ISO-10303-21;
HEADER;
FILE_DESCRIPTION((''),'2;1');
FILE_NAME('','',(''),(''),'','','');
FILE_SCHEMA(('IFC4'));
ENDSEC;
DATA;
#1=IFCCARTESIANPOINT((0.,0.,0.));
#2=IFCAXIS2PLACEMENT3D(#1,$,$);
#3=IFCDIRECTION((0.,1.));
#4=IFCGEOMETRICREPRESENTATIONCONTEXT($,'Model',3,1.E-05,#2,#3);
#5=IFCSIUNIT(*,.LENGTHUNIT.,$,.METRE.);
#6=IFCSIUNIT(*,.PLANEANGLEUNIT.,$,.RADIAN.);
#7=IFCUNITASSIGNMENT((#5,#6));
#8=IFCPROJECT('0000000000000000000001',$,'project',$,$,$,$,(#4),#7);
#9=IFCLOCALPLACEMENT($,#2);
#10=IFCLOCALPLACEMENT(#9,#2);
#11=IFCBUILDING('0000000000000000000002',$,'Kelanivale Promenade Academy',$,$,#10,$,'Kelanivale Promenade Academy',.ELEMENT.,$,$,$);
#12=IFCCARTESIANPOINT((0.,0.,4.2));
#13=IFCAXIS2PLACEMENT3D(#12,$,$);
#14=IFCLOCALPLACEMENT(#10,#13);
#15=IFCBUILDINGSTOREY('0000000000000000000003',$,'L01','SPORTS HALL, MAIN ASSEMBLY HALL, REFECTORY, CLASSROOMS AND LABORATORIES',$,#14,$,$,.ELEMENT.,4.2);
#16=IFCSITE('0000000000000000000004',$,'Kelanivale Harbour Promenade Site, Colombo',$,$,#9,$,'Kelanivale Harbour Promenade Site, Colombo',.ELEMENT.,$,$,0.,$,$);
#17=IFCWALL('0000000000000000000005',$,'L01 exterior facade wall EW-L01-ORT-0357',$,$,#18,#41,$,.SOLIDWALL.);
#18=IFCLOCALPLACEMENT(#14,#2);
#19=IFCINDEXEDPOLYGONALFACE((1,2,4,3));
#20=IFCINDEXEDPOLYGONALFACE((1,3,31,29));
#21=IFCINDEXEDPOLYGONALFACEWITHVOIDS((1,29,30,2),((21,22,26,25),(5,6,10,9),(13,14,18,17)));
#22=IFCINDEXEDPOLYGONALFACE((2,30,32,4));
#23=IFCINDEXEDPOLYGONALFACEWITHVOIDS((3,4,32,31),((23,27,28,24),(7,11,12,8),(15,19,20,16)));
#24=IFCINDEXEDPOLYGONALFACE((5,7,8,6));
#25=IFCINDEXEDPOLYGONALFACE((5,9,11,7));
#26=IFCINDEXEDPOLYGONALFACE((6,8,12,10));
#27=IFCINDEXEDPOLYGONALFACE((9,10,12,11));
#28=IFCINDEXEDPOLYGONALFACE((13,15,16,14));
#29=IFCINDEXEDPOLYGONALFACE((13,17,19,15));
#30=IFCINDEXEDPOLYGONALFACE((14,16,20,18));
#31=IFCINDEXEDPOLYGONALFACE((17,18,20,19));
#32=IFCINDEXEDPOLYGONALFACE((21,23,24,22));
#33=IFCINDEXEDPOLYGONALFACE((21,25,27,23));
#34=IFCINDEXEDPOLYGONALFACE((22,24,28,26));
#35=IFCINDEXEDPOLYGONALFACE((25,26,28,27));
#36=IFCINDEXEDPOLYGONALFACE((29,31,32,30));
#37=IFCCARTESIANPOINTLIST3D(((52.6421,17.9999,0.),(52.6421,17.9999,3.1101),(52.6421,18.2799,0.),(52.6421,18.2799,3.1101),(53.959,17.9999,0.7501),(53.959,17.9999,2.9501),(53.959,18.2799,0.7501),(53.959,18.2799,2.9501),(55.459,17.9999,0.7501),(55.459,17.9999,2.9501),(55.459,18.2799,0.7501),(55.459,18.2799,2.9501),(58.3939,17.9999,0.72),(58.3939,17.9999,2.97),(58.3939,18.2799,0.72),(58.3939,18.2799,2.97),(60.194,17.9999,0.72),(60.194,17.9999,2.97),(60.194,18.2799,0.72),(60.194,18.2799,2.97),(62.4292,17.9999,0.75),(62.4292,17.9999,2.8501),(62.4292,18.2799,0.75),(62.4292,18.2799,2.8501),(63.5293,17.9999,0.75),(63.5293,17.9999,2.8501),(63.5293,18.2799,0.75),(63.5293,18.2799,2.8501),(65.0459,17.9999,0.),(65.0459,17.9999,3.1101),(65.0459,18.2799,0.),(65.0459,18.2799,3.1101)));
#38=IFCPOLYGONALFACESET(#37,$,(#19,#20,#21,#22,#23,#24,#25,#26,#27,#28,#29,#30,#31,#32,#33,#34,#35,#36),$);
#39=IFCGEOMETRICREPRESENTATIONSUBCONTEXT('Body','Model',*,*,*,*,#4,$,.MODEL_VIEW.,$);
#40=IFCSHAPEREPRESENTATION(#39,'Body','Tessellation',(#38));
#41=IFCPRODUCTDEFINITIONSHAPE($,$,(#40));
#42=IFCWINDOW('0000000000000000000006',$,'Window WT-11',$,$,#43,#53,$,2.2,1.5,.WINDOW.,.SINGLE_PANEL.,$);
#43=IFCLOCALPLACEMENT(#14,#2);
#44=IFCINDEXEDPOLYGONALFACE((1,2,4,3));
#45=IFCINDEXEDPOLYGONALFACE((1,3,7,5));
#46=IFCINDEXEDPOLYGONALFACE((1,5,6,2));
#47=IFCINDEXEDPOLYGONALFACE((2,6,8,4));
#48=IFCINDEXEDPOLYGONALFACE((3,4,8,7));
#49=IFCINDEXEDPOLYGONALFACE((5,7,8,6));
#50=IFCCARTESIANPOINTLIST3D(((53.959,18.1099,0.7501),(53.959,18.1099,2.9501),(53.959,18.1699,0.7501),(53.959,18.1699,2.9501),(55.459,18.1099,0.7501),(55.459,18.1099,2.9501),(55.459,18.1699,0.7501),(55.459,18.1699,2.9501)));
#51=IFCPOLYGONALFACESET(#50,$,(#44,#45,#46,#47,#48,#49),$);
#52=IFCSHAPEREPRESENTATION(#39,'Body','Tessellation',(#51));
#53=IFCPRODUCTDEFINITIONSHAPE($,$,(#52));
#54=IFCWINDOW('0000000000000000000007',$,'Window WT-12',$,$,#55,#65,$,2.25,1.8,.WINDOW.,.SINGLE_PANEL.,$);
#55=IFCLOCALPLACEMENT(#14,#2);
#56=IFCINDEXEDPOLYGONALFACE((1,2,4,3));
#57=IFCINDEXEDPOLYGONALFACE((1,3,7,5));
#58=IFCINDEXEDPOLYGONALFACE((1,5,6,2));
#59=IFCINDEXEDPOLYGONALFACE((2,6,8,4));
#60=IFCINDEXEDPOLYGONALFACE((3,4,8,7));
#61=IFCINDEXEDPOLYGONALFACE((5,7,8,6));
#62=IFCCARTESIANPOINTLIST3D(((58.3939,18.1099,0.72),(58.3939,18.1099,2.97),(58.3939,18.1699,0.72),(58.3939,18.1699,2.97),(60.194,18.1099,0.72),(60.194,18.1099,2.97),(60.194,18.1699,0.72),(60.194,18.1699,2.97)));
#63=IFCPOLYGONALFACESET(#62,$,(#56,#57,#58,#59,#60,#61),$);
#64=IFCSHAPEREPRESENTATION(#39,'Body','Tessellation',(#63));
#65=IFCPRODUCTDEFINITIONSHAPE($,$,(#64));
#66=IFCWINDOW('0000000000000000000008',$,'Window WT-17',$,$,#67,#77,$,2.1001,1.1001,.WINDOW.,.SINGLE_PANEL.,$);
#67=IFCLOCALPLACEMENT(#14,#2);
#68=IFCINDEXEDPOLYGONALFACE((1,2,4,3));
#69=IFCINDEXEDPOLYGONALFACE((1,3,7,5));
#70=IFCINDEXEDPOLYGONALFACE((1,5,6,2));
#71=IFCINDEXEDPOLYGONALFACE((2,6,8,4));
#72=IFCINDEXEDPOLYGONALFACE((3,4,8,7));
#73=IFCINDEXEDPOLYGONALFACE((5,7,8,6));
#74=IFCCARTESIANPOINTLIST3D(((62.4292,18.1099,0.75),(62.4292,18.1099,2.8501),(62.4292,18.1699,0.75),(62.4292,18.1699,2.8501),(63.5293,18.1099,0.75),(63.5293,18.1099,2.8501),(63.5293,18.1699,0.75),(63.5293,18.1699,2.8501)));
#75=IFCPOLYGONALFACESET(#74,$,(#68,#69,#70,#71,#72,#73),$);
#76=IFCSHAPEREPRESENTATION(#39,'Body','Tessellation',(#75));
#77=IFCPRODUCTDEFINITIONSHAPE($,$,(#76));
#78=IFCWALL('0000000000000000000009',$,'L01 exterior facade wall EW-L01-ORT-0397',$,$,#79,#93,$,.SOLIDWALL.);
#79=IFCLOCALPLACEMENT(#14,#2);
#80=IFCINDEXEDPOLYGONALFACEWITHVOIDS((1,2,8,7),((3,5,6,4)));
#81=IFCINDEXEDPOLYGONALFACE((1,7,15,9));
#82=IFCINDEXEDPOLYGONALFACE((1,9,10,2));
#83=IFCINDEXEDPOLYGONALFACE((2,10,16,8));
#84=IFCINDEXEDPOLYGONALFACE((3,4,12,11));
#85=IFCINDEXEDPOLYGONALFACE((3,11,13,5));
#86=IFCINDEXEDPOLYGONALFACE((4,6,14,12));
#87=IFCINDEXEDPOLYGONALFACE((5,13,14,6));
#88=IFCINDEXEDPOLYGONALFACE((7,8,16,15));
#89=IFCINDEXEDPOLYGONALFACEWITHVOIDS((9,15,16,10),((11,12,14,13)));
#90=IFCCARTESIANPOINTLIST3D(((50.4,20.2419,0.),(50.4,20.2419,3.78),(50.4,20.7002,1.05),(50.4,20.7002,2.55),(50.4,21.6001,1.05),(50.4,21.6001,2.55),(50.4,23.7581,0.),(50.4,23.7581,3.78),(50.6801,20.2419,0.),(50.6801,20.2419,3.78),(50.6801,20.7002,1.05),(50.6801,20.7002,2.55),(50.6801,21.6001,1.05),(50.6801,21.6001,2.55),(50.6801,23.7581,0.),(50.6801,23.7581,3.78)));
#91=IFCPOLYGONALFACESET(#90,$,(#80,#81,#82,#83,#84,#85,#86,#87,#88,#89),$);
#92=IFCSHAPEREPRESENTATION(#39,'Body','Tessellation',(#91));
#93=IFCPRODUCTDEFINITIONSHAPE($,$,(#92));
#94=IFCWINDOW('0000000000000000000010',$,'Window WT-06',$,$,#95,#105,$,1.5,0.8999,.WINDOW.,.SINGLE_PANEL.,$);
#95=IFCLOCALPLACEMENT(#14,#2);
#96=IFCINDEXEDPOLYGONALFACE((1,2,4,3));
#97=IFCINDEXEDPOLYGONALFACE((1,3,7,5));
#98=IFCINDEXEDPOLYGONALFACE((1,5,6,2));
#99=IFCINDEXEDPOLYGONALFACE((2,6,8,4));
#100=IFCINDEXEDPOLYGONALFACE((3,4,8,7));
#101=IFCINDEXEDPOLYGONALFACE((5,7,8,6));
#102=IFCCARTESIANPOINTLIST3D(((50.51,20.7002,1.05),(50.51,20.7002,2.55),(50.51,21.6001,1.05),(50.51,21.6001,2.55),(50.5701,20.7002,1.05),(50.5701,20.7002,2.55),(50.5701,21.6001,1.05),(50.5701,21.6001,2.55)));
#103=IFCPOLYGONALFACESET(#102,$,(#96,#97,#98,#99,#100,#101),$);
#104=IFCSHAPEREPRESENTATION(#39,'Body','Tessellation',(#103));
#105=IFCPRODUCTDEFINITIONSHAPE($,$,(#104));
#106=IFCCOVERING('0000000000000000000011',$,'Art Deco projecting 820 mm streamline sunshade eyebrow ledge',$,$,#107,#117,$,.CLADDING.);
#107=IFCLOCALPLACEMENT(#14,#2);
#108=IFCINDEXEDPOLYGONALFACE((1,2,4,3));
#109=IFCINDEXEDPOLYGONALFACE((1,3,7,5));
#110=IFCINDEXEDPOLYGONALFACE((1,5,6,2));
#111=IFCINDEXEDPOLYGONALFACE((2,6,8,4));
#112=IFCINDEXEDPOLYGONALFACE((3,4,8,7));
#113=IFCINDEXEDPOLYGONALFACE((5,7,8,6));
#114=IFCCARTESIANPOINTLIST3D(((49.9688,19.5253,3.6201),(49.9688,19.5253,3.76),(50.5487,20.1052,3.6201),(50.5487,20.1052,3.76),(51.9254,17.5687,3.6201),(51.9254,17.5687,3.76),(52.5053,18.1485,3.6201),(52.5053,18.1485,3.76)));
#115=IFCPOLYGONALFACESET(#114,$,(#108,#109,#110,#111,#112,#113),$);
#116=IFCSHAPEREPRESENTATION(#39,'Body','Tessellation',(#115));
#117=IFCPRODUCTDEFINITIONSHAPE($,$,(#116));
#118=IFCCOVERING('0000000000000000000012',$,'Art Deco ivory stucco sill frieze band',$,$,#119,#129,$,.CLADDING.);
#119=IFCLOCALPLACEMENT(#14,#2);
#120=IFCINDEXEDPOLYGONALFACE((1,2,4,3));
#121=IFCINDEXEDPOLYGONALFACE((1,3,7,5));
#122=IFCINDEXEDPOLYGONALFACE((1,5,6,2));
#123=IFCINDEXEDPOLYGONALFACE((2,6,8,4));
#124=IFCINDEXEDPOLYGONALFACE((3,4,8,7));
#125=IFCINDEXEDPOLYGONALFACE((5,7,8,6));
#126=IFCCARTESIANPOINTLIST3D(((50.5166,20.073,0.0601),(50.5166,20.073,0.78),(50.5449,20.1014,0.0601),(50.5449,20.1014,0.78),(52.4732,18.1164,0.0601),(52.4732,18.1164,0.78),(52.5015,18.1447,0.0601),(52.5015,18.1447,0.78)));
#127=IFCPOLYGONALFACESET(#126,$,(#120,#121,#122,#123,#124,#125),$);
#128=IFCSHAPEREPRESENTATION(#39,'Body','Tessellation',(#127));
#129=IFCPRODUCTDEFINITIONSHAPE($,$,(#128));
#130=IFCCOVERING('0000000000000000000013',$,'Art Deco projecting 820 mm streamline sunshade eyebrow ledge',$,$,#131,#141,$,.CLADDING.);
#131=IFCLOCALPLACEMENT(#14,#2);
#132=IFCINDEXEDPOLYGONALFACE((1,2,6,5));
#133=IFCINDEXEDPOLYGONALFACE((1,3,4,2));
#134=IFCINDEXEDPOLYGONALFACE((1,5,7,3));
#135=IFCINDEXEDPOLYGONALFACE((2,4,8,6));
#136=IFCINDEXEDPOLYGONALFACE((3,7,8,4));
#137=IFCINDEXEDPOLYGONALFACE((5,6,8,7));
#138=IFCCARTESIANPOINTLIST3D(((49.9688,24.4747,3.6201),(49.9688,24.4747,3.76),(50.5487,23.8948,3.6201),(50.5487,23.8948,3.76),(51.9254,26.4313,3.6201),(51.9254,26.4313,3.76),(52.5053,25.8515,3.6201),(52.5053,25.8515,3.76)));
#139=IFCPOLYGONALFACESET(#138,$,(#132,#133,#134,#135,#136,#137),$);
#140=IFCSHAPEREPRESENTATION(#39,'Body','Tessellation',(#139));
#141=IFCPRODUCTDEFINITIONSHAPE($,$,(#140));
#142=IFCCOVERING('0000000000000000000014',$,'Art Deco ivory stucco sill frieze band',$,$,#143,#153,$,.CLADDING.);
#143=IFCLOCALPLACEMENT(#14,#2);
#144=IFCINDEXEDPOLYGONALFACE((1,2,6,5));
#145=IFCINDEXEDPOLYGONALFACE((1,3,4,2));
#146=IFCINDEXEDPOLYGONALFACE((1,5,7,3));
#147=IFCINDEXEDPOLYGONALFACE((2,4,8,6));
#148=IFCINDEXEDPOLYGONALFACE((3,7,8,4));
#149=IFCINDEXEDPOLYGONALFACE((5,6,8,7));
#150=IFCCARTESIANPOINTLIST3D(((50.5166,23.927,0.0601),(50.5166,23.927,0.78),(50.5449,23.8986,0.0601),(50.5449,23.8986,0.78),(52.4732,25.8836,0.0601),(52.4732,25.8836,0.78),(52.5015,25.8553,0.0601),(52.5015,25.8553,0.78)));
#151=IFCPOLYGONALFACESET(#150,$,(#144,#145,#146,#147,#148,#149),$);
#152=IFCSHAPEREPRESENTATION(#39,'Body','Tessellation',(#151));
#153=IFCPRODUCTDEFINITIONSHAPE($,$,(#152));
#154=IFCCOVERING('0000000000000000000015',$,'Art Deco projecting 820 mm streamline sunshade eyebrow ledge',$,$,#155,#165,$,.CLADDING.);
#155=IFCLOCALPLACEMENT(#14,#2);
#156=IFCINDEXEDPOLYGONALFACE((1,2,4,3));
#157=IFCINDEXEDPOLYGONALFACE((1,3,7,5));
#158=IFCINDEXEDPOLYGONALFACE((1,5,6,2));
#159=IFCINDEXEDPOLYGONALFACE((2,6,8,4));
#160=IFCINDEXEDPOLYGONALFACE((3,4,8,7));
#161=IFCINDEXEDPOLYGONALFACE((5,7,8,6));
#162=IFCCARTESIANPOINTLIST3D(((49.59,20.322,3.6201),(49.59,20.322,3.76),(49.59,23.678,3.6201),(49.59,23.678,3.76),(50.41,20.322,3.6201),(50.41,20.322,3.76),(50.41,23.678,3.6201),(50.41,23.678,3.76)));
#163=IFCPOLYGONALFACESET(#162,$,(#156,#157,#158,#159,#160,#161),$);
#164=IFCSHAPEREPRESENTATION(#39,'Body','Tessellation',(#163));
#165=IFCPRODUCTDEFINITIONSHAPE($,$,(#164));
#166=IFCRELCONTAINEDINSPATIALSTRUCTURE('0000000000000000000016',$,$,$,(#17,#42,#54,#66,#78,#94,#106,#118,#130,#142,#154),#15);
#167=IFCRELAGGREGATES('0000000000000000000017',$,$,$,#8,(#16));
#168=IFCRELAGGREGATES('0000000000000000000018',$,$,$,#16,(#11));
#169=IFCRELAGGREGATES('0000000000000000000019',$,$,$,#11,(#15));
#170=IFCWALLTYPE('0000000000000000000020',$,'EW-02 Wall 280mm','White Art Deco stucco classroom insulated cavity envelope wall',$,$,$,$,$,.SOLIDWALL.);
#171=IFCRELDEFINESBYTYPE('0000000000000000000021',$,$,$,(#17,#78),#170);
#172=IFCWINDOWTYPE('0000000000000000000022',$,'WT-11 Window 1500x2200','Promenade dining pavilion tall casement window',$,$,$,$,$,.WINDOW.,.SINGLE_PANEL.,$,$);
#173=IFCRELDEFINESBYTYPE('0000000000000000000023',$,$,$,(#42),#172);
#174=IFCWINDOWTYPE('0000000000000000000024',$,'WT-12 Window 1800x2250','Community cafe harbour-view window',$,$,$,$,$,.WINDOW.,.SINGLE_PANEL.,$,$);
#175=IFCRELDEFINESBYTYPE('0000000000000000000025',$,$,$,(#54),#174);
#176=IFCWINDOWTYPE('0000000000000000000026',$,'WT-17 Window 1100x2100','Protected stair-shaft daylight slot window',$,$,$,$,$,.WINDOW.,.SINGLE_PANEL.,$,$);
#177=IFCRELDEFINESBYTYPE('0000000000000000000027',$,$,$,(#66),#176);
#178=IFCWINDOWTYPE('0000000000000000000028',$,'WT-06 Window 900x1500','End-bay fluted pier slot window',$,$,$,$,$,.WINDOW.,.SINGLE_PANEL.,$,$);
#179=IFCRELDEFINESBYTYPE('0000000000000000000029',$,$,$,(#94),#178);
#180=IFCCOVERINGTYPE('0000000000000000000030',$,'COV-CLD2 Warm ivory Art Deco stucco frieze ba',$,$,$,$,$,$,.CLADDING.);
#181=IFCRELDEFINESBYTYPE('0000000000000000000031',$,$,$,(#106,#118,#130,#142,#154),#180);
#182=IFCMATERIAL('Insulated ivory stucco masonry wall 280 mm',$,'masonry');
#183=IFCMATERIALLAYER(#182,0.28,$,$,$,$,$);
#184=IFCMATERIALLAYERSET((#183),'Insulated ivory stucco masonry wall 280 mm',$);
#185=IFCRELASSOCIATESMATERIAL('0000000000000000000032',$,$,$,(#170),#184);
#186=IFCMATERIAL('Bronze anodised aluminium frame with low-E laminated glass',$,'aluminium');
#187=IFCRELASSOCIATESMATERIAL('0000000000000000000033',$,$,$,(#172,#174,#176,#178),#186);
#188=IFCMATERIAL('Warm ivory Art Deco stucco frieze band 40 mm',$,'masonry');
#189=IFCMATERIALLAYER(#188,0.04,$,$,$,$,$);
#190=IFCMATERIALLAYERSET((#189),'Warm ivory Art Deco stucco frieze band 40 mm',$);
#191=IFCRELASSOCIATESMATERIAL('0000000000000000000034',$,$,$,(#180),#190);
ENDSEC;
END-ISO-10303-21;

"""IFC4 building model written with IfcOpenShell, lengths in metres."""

from ifc_helpers import new_model, si_unit, direction, frame, frame_2d, origin, origin_2d, place, context, subcontext, project, spatial, rectangle, extrude, material, layer, layer_set, type_object, element, fill, save


model = new_model("IFC4")

# Units and contexts
model_context = context("Model", 3, precision=1e-05, world=origin(), true_north=direction((0.0, 1.0)))
body_context = subcontext(model_context, "Body", "Model", "MODEL_VIEW")
ifc_project = project(units=[si_unit("LENGTHUNIT", "METRE"), si_unit("PLANEANGLEUNIT", "RADIAN")], contexts=[model_context])

# Site, building, storey
site_placement = place(None, origin())
site = spatial("IfcSite", under=ifc_project, at=site_placement, Name="Kelanivale Harbour Promenade Site, Colombo", LongName="Kelanivale Harbour Promenade Site, Colombo", CompositionType="ELEMENT", RefElevation=0.0)
building_placement = place(site_placement, origin())
building = spatial("IfcBuilding", under=site, at=building_placement, Name="Kelanivale Promenade Academy", LongName="Kelanivale Promenade Academy", CompositionType="ELEMENT")
storey_placement = place(building_placement, frame((0.0, 0.0, 4.2)))
storey = spatial("IfcBuildingStorey", under=building, at=storey_placement, Name="L01", Description="SPORTS HALL, MAIN ASSEMBLY HALL, REFECTORY, CLASSROOMS AND LABORATORIES", CompositionType="ELEMENT", Elevation=4.2)

# Shared definitions
ifc_material_1 = material(Name="Insulated ivory stucco masonry wall 280 mm", Category="masonry")
ifc_layer_1 = layer(ifc_material_1, 0.28)
ifc_layer_set_1 = layer_set([ifc_layer_1], Name="Insulated ivory stucco masonry wall 280 mm")
wall_type = type_object("IfcWallType", Name="EW-02 Wall 280mm", Description="White Art Deco stucco classroom insulated cavity envelope wall", PredefinedType="SOLIDWALL", material=ifc_layer_set_1)
ifc_material_2 = material(Name="Bronze anodised aluminium frame with low-E laminated glass", Category="aluminium")

# Wall, openings, windows
wall_1_placement = place(storey_placement, frame((52.6421, 18.1399, 0.0), z_axis=(0.0, 0.0, 1.0), x_axis=(1.0, 0.0, 0.0)))
wall_1 = element("IfcWall", 1, at=wall_1_placement, inside=storey, type_object=wall_type, Name="L01 exterior facade wall EW-L01-ORT-0357", PredefinedType="SOLIDWALL", context=body_context, shape_type="SweptSolid", body=[
    extrude(rectangle(XDim=12.4038, YDim=0.28, at=frame_2d((6.2019, 0.0))), origin(), (0.0, 0.0, 1.0), 3.1101),
])
opening_1_placement = place(wall_1_placement, frame((1.3169, 0.0, 0.75)))
opening_1 = element("IfcOpeningElement", 2, at=opening_1_placement, cuts=wall_1, PredefinedType="OPENING", context=body_context, shape_type="SweptSolid", body=[
    extrude(rectangle(XDim=1.5, YDim=2.2, at=frame_2d((0.75, 1.1001))), frame((0.0, 0.1499, 0.0), z_axis=(0.0, -1.0, 0.0), x_axis=(1.0, 0.0, 0.0)), (0.0, 0.0, 1.0), 0.3),
])
opening_2_placement = place(wall_1_placement, frame((5.752, 0.0, 0.72)))
opening_2 = element("IfcOpeningElement", 3, at=opening_2_placement, cuts=wall_1, PredefinedType="OPENING", context=body_context, shape_type="SweptSolid", body=[
    extrude(rectangle(XDim=1.8, YDim=2.25, at=frame_2d((0.8999, 1.125))), frame((0.0, 0.1499, 0.0), z_axis=(0.0, -1.0, 0.0), x_axis=(1.0, 0.0, 0.0)), (0.0, 0.0, 1.0), 0.3),
])
opening_3_placement = place(wall_1_placement, frame((9.7871, 0.0, 0.75)))
opening_3 = element("IfcOpeningElement", 4, at=opening_3_placement, cuts=wall_1, PredefinedType="OPENING", context=body_context, shape_type="SweptSolid", body=[
    extrude(rectangle(XDim=1.1001, YDim=2.1001, at=frame_2d((0.55, 1.05))), frame((0.0, 0.1499, 0.0), z_axis=(0.0, -1.0, 0.0), x_axis=(1.0, 0.0, 0.0)), (0.0, 0.0, 1.0), 0.3),
])
window_type_1 = type_object("IfcWindowType", Name="WT-11 Window 1500x2200", Description="Promenade dining pavilion tall casement window", PartitioningType="SINGLE_PANEL", PredefinedType="WINDOW", material=ifc_material_2)
window_1_placement = place(opening_1_placement, origin())
window_1 = element("IfcWindow", 5, at=window_1_placement, inside=storey, type_object=window_type_1, Name="Window WT-11", OverallHeight=2.2, OverallWidth=1.5, PartitioningType="SINGLE_PANEL", PredefinedType="WINDOW", context=body_context, shape_type="SweptSolid", body=[
    extrude(rectangle(XDim=1.5, YDim=2.2, at=frame_2d((0.75, 1.1001))), frame((0.0, 0.03, 0.0), z_axis=(0.0, -1.0, 0.0), x_axis=(1.0, 0.0, 0.0)), (0.0, 0.0, 1.0), 0.0601),
])
fill(opening_1, window_1)
window_type_2 = type_object("IfcWindowType", Name="WT-12 Window 1800x2250", Description="Community cafe harbour-view window", PartitioningType="SINGLE_PANEL", PredefinedType="WINDOW", material=ifc_material_2)
window_2_placement = place(opening_2_placement, origin())
window_2 = element("IfcWindow", 6, at=window_2_placement, inside=storey, type_object=window_type_2, Name="Window WT-12", OverallHeight=2.25, OverallWidth=1.8, PartitioningType="SINGLE_PANEL", PredefinedType="WINDOW", context=body_context, shape_type="SweptSolid", body=[
    extrude(rectangle(XDim=1.8, YDim=2.25, at=frame_2d((0.8999, 1.125))), frame((0.0, 0.03, 0.0), z_axis=(0.0, -1.0, 0.0), x_axis=(1.0, 0.0, 0.0)), (0.0, 0.0, 1.0), 0.0601),
])
fill(opening_2, window_2)
window_type_3 = type_object("IfcWindowType", Name="WT-17 Window 1100x2100", Description="Protected stair-shaft daylight slot window", PartitioningType="SINGLE_PANEL", PredefinedType="WINDOW", material=ifc_material_2)
window_3_placement = place(opening_3_placement, origin())
window_3 = element("IfcWindow", 7, at=window_3_placement, inside=storey, type_object=window_type_3, Name="Window WT-17", OverallHeight=2.1001, OverallWidth=1.1001, PartitioningType="SINGLE_PANEL", PredefinedType="WINDOW", context=body_context, shape_type="SweptSolid", body=[
    extrude(rectangle(XDim=1.1001, YDim=2.1001, at=frame_2d((0.55, 1.05))), frame((0.0, 0.03, 0.0), z_axis=(0.0, -1.0, 0.0), x_axis=(1.0, 0.0, 0.0)), (0.0, 0.0, 1.0), 0.0601),
])
fill(opening_3, window_3)

# Wall, opening, window
wall_2_placement = place(storey_placement, frame((50.54, 23.7581, 0.0), z_axis=(0.0, 0.0, 1.0), x_axis=(0.0, -1.0, 0.0)))
wall_2 = element("IfcWall", 8, at=wall_2_placement, inside=storey, type_object=wall_type, Name="L01 exterior facade wall EW-L01-ORT-0397", PredefinedType="SOLIDWALL", context=body_context, shape_type="SweptSolid", body=[
    extrude(rectangle(XDim=3.5161, YDim=0.28, at=frame_2d((1.7581, 0.0))), origin(), (0.0, 0.0, 1.0), 3.78),
])
opening_4_placement = place(wall_2_placement, frame((2.158, 0.0, 1.05)))
opening_4 = element("IfcOpeningElement", 9, at=opening_4_placement, cuts=wall_2, PredefinedType="OPENING", context=body_context, shape_type="SweptSolid", body=[
    extrude(rectangle(XDim=0.8999, YDim=1.5, at=frame_2d((0.45, 0.75))), frame((0.0, 0.1499, 0.0), z_axis=(0.0, -1.0, 0.0), x_axis=(1.0, 0.0, 0.0)), (0.0, 0.0, 1.0), 0.3),
])
window_type_4 = type_object("IfcWindowType", Name="WT-06 Window 900x1500", Description="End-bay fluted pier slot window", PartitioningType="SINGLE_PANEL", PredefinedType="WINDOW", material=ifc_material_2)
window_4_placement = place(opening_4_placement, origin())
window_4 = element("IfcWindow", 10, at=window_4_placement, inside=storey, type_object=window_type_4, Name="Window WT-06", OverallHeight=1.5, OverallWidth=0.8999, PartitioningType="SINGLE_PANEL", PredefinedType="WINDOW", context=body_context, shape_type="SweptSolid", body=[
    extrude(rectangle(XDim=0.8999, YDim=1.5, at=frame_2d((0.45, 0.75))), frame((0.0, 0.03, 0.0), z_axis=(0.0, -1.0, 0.0), x_axis=(1.0, 0.0, 0.0)), (0.0, 0.0, 1.0), 0.0601),
])
fill(opening_4, window_4)

# Coverings
ifc_material_3 = material(Name="Warm ivory Art Deco stucco frieze band 40 mm", Category="masonry")
ifc_layer_2 = layer(ifc_material_3, 0.04)
ifc_layer_set_2 = layer_set([ifc_layer_2], Name="Warm ivory Art Deco stucco frieze band 40 mm")
covering_type = type_object("IfcCoveringType", Name="COV-CLD2 Warm ivory Art Deco stucco frieze ba", PredefinedType="CLADDING", material=ifc_layer_set_2)
covering_1_placement = place(storey_placement, frame((51.2371, 18.8369, 3.6201), z_axis=(0.0, 0.0, 1.0), x_axis=(0.707107, -0.707107, 0.0)))
element("IfcCovering", 11, at=covering_1_placement, inside=storey, type_object=covering_type, Name="Art Deco projecting 820 mm streamline sunshade eyebrow ledge", PredefinedType="CLADDING", context=body_context, shape_type="SweptSolid", body=[
    extrude(rectangle(XDim=2.7671, YDim=0.8201, at=origin_2d()), origin(), (0.0, 0.0, 1.0), 0.1399),
])
covering_2_placement = place(storey_placement, frame((51.509, 19.1089, 0.0601), z_axis=(0.0, 0.0, 1.0), x_axis=(0.707107, -0.707107, 0.0)))
element("IfcCovering", 12, at=covering_2_placement, inside=storey, type_object=covering_type, Name="Art Deco ivory stucco sill frieze band", PredefinedType="CLADDING", context=body_context, shape_type="SweptSolid", body=[
    extrude(rectangle(XDim=2.7671, YDim=0.04, at=origin_2d()), origin(), (0.0, 0.0, 1.0), 0.72),
])
covering_3_placement = place(storey_placement, frame((51.2371, 25.1631, 3.6201), z_axis=(0.0, 0.0, 1.0), x_axis=(-0.707107, -0.707107, 0.0)))
element("IfcCovering", 13, at=covering_3_placement, inside=storey, type_object=covering_type, Name="Art Deco projecting 820 mm streamline sunshade eyebrow ledge", PredefinedType="CLADDING", context=body_context, shape_type="SweptSolid", body=[
    extrude(rectangle(XDim=2.7671, YDim=0.8201, at=origin_2d()), origin(), (0.0, 0.0, 1.0), 0.1399),
])
covering_4_placement = place(storey_placement, frame((51.509, 24.8911, 0.0601), z_axis=(0.0, 0.0, 1.0), x_axis=(-0.707107, -0.707107, 0.0)))
element("IfcCovering", 14, at=covering_4_placement, inside=storey, type_object=covering_type, Name="Art Deco ivory stucco sill frieze band", PredefinedType="CLADDING", context=body_context, shape_type="SweptSolid", body=[
    extrude(rectangle(XDim=2.7671, YDim=0.04, at=origin_2d()), origin(), (0.0, 0.0, 1.0), 0.72),
])
covering_5_placement = place(storey_placement, frame((50.0, 22.0, 3.6201), z_axis=(0.0, 0.0, 1.0), x_axis=(0.0, -1.0, 0.0)))
element("IfcCovering", 15, at=covering_5_placement, inside=storey, type_object=covering_type, Name="Art Deco projecting 820 mm streamline sunshade eyebrow ledge", PredefinedType="CLADDING", context=body_context, shape_type="SweptSolid", body=[
    extrude(rectangle(XDim=3.356, YDim=0.8201, at=origin_2d()), origin(), (0.0, 0.0, 1.0), 0.1399),
])

save(model, "model.ifc")
